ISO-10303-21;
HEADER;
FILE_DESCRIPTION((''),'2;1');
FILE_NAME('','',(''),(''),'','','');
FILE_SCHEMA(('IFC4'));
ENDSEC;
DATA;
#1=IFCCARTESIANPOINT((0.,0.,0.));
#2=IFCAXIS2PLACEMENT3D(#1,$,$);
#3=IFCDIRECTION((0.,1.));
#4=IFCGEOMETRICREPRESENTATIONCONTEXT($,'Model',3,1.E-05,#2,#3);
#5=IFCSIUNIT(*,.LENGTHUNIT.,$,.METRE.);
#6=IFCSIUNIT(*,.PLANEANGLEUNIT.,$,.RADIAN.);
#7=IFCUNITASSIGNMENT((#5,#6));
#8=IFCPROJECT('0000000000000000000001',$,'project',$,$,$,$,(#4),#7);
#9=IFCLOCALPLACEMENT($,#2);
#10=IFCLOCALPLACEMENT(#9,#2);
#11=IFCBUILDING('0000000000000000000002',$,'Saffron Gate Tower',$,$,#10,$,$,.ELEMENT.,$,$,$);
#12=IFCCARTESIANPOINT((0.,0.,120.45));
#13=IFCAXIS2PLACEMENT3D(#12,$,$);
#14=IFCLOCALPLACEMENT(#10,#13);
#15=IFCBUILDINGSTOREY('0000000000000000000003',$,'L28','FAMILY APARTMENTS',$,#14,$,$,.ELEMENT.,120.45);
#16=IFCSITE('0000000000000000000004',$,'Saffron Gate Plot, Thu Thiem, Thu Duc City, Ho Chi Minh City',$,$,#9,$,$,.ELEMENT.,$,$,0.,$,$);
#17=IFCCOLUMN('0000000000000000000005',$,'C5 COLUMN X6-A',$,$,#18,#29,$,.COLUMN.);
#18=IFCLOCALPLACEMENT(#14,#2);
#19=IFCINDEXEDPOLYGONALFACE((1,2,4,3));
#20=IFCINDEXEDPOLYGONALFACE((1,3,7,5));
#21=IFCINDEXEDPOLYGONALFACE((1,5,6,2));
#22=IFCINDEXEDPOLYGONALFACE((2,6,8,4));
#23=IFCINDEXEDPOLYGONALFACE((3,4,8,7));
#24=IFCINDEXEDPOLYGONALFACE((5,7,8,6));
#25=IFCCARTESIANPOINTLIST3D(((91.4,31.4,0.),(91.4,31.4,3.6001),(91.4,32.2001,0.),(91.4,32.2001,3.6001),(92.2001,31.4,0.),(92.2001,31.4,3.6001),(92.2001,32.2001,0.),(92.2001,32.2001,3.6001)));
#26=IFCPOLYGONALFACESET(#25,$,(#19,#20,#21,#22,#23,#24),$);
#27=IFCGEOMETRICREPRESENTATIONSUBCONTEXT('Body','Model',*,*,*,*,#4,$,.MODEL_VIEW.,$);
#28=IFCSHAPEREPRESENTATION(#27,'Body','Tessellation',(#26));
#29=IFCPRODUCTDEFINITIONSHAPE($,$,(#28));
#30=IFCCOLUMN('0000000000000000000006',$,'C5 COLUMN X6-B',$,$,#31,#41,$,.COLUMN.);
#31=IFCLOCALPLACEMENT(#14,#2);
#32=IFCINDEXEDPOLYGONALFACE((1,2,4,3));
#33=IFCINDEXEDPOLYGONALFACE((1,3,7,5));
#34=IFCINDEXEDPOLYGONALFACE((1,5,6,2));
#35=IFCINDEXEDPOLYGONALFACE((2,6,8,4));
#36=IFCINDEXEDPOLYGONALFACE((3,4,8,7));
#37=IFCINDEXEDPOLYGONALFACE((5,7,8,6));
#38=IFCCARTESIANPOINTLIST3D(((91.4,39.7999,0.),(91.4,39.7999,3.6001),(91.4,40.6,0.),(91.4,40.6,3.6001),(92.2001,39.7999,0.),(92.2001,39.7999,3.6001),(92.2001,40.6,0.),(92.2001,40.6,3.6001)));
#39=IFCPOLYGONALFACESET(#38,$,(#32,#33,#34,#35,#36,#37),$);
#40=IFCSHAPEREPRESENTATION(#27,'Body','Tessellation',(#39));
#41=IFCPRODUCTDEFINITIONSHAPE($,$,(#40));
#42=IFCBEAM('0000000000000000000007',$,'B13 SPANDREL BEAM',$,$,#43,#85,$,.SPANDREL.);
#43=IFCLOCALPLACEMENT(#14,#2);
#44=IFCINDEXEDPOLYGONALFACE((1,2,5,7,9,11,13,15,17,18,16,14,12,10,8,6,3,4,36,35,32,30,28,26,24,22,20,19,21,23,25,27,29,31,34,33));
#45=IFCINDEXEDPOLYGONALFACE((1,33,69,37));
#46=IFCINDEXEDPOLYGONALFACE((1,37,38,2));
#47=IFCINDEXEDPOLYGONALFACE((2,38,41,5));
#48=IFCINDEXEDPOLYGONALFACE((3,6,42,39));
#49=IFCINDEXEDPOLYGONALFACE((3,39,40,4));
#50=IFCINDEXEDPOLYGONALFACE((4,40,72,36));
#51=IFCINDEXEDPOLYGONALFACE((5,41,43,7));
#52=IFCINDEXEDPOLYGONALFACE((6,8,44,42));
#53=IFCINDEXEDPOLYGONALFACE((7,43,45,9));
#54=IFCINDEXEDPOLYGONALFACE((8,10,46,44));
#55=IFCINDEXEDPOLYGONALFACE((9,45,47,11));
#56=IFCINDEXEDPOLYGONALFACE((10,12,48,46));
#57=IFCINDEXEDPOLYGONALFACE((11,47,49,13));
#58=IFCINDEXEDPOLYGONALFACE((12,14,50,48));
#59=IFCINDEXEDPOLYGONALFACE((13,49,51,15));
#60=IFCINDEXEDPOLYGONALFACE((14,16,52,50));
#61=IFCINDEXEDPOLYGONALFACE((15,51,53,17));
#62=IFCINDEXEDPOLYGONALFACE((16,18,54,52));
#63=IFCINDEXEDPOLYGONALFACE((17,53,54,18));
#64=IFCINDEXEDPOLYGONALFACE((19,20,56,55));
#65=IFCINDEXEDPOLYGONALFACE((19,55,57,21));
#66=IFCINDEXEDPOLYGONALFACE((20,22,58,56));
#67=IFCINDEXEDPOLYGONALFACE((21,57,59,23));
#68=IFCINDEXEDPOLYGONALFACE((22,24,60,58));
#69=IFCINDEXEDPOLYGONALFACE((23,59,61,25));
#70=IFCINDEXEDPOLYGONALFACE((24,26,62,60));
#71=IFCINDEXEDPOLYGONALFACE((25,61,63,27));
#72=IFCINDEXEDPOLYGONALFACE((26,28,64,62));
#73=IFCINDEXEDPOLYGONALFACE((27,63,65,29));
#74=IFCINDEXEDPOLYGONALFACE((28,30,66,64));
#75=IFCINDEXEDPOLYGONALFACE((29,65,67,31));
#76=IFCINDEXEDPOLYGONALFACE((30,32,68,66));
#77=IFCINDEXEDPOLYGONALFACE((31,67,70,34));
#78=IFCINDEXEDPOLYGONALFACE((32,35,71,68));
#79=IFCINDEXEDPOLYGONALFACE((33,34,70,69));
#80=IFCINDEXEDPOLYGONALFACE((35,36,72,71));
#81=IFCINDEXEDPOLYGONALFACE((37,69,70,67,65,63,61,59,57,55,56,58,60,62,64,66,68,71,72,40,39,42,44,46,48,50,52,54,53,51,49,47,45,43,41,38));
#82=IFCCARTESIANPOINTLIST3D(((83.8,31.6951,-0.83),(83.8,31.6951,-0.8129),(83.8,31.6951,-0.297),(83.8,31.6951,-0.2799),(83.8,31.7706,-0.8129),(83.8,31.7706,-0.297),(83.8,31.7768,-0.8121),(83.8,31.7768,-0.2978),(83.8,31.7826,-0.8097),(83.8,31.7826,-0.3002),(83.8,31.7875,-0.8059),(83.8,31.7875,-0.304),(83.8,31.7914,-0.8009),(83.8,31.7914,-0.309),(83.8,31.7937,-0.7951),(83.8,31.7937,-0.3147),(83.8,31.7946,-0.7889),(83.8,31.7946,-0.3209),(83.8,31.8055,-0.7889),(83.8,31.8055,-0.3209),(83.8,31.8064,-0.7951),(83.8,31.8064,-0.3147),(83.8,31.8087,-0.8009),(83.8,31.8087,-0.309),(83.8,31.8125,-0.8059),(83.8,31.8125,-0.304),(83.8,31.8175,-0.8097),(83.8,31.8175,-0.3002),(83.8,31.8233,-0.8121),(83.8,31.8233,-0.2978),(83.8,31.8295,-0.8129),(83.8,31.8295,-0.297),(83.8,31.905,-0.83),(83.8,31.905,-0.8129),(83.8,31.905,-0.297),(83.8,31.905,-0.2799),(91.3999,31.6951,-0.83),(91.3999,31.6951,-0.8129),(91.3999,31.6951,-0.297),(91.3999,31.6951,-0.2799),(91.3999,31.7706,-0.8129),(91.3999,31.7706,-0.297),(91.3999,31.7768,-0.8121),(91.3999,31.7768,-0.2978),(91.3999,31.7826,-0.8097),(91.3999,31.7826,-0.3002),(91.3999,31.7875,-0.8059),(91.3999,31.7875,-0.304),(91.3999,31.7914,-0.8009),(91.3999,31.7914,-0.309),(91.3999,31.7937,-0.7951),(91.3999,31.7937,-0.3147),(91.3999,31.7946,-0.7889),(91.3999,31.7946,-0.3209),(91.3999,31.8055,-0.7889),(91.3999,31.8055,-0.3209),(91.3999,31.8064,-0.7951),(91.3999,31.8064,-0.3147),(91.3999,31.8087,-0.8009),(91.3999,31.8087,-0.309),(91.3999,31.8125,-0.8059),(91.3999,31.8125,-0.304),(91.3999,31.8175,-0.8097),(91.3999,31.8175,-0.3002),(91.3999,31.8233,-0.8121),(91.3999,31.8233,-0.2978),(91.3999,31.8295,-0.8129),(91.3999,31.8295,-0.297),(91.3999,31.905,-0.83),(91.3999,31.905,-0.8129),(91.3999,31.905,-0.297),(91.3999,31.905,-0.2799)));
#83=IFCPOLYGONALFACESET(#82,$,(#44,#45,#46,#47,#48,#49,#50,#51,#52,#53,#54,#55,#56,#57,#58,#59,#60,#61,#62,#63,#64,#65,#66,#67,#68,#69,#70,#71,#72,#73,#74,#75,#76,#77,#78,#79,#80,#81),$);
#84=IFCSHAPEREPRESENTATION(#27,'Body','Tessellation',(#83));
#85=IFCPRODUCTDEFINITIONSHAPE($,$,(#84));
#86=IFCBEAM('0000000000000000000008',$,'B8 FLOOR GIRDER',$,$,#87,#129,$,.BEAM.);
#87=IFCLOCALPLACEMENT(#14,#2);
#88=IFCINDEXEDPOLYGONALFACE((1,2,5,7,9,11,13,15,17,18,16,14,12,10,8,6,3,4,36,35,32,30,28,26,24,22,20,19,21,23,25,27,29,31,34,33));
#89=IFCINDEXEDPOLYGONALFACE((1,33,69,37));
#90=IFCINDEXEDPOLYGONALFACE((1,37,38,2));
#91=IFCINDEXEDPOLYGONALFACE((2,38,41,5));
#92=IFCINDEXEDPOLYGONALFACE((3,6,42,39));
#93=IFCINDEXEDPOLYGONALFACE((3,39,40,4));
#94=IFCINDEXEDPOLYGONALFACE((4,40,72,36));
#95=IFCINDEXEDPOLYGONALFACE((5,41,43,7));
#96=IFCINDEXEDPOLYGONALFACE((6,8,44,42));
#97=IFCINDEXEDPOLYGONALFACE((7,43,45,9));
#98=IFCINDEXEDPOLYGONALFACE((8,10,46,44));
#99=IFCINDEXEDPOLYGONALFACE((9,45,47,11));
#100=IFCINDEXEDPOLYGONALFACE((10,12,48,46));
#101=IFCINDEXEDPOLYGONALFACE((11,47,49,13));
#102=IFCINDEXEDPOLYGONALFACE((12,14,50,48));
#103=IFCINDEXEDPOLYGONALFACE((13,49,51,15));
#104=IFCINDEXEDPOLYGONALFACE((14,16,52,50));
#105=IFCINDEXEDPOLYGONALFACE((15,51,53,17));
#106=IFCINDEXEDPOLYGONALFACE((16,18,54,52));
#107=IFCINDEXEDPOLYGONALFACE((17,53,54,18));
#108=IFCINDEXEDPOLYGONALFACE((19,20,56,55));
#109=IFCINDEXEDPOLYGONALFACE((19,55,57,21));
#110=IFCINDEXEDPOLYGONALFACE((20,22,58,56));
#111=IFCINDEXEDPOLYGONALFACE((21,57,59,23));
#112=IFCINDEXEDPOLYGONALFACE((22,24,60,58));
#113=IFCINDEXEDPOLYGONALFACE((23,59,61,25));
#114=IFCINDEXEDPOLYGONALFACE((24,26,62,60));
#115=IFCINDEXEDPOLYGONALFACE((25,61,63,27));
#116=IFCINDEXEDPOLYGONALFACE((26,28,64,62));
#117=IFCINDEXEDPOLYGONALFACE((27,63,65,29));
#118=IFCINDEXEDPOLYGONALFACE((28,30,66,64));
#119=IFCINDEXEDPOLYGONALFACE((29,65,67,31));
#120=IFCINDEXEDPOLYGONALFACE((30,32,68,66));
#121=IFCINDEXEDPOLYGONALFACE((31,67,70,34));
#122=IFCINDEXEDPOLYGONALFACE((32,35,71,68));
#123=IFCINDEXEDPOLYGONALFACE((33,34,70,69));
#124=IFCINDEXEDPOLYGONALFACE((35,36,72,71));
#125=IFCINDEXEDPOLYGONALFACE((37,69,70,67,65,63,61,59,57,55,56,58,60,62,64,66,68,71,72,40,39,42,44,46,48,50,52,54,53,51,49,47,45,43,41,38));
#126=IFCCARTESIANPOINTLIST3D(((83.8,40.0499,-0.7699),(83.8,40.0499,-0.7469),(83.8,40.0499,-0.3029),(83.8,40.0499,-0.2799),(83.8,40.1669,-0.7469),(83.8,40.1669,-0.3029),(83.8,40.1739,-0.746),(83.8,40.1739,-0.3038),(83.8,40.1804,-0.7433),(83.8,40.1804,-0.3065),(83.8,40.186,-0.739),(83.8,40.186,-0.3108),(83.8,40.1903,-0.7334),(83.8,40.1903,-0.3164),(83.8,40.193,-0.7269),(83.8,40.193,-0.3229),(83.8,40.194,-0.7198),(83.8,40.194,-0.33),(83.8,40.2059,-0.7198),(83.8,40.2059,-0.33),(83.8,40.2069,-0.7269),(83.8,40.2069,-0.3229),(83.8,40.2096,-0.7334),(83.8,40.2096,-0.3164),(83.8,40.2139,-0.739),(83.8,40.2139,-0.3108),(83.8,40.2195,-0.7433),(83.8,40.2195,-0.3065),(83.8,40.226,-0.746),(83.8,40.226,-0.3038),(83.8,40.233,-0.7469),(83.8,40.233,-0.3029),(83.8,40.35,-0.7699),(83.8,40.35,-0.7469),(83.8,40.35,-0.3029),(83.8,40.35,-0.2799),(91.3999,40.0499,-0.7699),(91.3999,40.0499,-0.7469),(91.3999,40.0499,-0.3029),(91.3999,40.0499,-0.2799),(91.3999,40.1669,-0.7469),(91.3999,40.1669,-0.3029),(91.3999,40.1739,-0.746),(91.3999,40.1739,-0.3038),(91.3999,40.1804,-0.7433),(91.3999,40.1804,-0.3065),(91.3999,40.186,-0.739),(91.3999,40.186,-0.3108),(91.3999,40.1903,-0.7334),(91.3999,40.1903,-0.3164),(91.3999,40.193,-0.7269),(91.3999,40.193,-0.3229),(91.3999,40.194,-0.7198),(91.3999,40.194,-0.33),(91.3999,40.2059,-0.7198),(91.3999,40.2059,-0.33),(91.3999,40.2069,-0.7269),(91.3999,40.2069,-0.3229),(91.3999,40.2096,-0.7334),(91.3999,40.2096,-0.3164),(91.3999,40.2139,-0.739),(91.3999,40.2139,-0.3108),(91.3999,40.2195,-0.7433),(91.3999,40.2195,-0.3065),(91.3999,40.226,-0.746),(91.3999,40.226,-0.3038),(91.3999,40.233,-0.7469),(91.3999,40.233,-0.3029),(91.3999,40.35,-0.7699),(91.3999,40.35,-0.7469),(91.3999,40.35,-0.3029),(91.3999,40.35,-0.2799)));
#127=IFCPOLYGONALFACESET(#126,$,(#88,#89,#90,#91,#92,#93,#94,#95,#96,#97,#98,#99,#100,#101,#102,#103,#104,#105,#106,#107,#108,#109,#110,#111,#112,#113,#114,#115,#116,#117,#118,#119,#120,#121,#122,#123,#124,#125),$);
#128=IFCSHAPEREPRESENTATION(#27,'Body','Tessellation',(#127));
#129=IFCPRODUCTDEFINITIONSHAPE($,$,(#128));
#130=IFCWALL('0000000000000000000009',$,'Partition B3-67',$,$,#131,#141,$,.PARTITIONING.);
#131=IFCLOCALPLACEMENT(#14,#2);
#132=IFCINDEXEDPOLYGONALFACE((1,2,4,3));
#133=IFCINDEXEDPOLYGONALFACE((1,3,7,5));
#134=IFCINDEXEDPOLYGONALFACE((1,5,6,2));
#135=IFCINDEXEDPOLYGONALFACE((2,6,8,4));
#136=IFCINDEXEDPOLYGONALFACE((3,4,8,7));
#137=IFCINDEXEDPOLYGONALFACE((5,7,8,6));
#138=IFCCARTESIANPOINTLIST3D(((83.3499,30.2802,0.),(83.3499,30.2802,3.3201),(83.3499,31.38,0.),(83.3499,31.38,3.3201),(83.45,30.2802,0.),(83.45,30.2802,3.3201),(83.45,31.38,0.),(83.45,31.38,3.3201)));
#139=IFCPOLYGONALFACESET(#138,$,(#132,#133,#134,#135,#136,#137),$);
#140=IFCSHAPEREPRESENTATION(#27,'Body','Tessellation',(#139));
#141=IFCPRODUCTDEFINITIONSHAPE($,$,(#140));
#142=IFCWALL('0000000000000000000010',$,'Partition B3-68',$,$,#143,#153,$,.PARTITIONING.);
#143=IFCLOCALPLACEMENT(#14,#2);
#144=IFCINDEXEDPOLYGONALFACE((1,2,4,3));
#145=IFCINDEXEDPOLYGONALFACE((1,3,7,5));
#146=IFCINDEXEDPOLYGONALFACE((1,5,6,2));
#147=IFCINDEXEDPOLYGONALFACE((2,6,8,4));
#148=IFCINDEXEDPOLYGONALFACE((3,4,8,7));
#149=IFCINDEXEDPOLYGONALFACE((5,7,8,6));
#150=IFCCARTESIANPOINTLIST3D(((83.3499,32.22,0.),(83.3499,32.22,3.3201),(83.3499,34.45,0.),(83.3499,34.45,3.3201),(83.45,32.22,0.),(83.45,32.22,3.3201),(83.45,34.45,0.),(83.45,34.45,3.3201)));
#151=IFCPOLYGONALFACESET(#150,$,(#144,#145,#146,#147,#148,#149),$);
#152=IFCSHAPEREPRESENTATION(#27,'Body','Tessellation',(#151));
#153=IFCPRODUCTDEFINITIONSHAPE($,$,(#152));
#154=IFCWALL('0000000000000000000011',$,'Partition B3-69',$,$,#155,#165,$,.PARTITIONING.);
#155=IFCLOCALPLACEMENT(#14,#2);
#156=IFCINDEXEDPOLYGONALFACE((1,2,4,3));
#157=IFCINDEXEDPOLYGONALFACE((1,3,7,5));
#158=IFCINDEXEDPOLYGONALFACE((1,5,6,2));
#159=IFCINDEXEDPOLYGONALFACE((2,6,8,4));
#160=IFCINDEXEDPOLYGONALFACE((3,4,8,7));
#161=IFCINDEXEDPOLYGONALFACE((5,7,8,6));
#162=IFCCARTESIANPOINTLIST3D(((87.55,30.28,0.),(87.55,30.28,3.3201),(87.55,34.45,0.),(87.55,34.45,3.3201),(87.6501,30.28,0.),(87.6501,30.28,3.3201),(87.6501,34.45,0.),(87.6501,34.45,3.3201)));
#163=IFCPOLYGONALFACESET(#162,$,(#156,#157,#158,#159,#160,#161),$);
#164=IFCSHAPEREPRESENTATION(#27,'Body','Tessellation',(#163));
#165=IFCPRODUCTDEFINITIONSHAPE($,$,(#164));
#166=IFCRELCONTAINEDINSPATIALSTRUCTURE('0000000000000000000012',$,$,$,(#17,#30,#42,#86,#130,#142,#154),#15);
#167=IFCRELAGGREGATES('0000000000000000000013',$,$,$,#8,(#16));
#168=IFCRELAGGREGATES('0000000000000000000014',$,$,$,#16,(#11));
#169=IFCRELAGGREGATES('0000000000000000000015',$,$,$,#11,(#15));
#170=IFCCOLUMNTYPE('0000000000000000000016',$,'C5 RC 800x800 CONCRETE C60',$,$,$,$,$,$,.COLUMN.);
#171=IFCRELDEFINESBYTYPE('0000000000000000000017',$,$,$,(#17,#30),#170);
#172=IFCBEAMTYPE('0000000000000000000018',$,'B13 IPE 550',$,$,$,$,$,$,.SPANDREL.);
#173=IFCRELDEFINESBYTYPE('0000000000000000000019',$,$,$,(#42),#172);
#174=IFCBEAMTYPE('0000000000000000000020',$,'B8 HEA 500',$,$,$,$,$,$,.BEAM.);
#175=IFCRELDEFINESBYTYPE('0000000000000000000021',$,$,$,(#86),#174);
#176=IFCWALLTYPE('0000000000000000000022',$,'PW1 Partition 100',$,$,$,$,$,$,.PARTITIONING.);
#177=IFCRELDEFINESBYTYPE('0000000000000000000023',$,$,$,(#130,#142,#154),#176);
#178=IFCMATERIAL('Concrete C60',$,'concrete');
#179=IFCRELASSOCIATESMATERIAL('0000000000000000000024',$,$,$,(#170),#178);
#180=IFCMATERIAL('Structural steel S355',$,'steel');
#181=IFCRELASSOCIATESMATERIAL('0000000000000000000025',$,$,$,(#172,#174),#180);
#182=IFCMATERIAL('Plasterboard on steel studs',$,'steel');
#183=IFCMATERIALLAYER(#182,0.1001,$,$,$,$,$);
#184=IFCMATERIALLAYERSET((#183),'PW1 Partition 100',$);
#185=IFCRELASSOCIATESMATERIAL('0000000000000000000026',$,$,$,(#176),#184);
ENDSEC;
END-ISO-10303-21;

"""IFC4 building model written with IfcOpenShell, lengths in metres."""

from ifc_helpers import new_model, si_unit, direction, frame, frame_2d, origin, origin_2d, place, context, subcontext, project, spatial, rectangle, i_section, extrude, material, layer, layer_set, material_profile, profile_set, type_object, element, save


model = new_model("IFC4")

# Units and contexts
model_context = context("Model", 3, precision=1e-05, world=origin(), true_north=direction((0.0, 1.0)))
body_context = subcontext(model_context, "Body", "Model", "MODEL_VIEW")
ifc_project = project(units=[si_unit("LENGTHUNIT", "METRE"), si_unit("PLANEANGLEUNIT", "RADIAN")], contexts=[model_context])

# Site, building, storey
site_placement = place(None, origin())
site = spatial("IfcSite", under=ifc_project, at=site_placement, Name="Saffron Gate Plot, Thu Thiem, Thu Duc City, Ho Chi Minh City", CompositionType="ELEMENT", RefElevation=0.0)
building_placement = place(site_placement, origin())
building = spatial("IfcBuilding", under=site, at=building_placement, Name="Saffron Gate Tower", CompositionType="ELEMENT")
storey_placement = place(building_placement, frame((0.0, 0.0, 120.45)))
storey = spatial("IfcBuildingStorey", under=building, at=storey_placement, Name="L28", Description="FAMILY APARTMENTS", CompositionType="ELEMENT", Elevation=120.45)

# Columns
ifc_material_1 = material(Name="Concrete C60", Category="concrete")
ifc_material_profile_1 = material_profile(ifc_material_1, rectangle(XDim=0.8, YDim=0.8, at=origin_2d()))
ifc_profile_set_1 = profile_set([ifc_material_profile_1], Name="Concrete C60")
column_type = type_object("IfcColumnType", Name="C5 RC 800x800 CONCRETE C60", PredefinedType="COLUMN", material=ifc_profile_set_1)
for number, where, z_axis, x_axis, name in (
    (1, (91.8, 31.8, 0.0), (0.0, 0.0, 1.0), (1.0, 0.0, 0.0), "C5 COLUMN X6-A"),
    (2, (91.8, 40.2, 0.0), (0.0, 0.0, 1.0), (1.0, 0.0, 0.0), "C5 COLUMN X6-B"),
):
    element("IfcColumn", number, at=place(storey_placement, frame(where, z_axis=z_axis, x_axis=x_axis)), inside=storey, type_object=column_type, Name=name, PredefinedType="COLUMN", context=body_context, shape_type="SweptSolid", body=[
        extrude(rectangle(XDim=0.8, YDim=0.8, at=origin_2d()), origin(), (0.0, 0.0, 1.0), 3.6001),
    ])

# Beams
ifc_material_2 = material(Name="Structural steel S355", Category="steel")
ifc_material_profile_2 = material_profile(ifc_material_2, i_section(OverallWidth=0.21, OverallDepth=0.55, WebThickness=0.011, FlangeThickness=0.0171, FilletRadius=0.0239, at=origin_2d()))
ifc_profile_set_2 = profile_set([ifc_material_profile_2], Name="Structural steel S355")
beam_type_1 = type_object("IfcBeamType", Name="B13 IPE 550", PredefinedType="SPANDREL", material=ifc_profile_set_2)
beam_1_placement = place(storey_placement, frame((83.8, 31.8, -0.5549), z_axis=(1.0, 0.0, 0.0), x_axis=(0.0, 1.0, 0.0)))
element("IfcBeam", 3, at=beam_1_placement, inside=storey, type_object=beam_type_1, Name="B13 SPANDREL BEAM", PredefinedType="SPANDREL", context=body_context, shape_type="SweptSolid", body=[
    extrude(i_section(OverallWidth=0.21, OverallDepth=0.55, WebThickness=0.011, FlangeThickness=0.0171, FilletRadius=0.0239, at=origin_2d()), origin(), (0.0, 0.0, 1.0), 7.5999),
])
ifc_material_profile_3 = material_profile(ifc_material_2, i_section(OverallWidth=0.3, OverallDepth=0.49, WebThickness=0.012, FlangeThickness=0.0229, FilletRadius=0.0271, at=origin_2d()))
ifc_profile_set_3 = profile_set([ifc_material_profile_3], Name="Structural steel S355")
beam_type_2 = type_object("IfcBeamType", Name="B8 HEA 500", PredefinedType="BEAM", material=ifc_profile_set_3)
beam_2_placement = place(storey_placement, frame((83.8, 40.2, -0.5249), z_axis=(1.0, 0.0, 0.0), x_axis=(0.0, 1.0, 0.0)))
element("IfcBeam", 4, at=beam_2_placement, inside=storey, type_object=beam_type_2, Name="B8 FLOOR GIRDER", PredefinedType="BEAM", context=body_context, shape_type="SweptSolid", body=[
    extrude(i_section(OverallWidth=0.3, OverallDepth=0.49, WebThickness=0.012, FlangeThickness=0.0229, FilletRadius=0.0271, at=origin_2d()), origin(), (0.0, 0.0, 1.0), 7.5999),
])

# Walls
ifc_material_3 = material(Name="Plasterboard on steel studs", Category="steel")
ifc_layer_1 = layer(ifc_material_3, 0.1001)
ifc_layer_set_1 = layer_set([ifc_layer_1], Name="PW1 Partition 100")
wall_type = type_object("IfcWallType", Name="PW1 Partition 100", PredefinedType="PARTITIONING", material=ifc_layer_set_1)
wall_1_placement = place(storey_placement, frame((83.3999, 31.3799, 0.0), z_axis=(0.0, 0.0, 1.0), x_axis=(0.0, -1.0, 0.0)))
element("IfcWall", 5, at=wall_1_placement, inside=storey, type_object=wall_type, Name="Partition B3-67", PredefinedType="PARTITIONING", context=body_context, shape_type="SweptSolid", body=[
    extrude(rectangle(XDim=1.0999, YDim=0.1001, at=frame_2d((0.5498, 0.0))), origin(), (0.0, 0.0, 1.0), 3.3201),
])
wall_2_placement = place(storey_placement, frame((83.3999, 34.45, 0.0), z_axis=(0.0, 0.0, 1.0), x_axis=(0.0, -1.0, 0.0)))
element("IfcWall", 6, at=wall_2_placement, inside=storey, type_object=wall_type, Name="Partition B3-68", PredefinedType="PARTITIONING", context=body_context, shape_type="SweptSolid", body=[
    extrude(rectangle(XDim=2.23, YDim=0.1001, at=frame_2d((1.115, 0.0))), origin(), (0.0, 0.0, 1.0), 3.3201),
])
wall_3_placement = place(storey_placement, frame((87.6001, 34.45, 0.0), z_axis=(0.0, 0.0, 1.0), x_axis=(0.0, -1.0, 0.0)))
element("IfcWall", 7, at=wall_3_placement, inside=storey, type_object=wall_type, Name="Partition B3-69", PredefinedType="PARTITIONING", context=body_context, shape_type="SweptSolid", body=[
    extrude(rectangle(XDim=4.1699, YDim=0.1001, at=frame_2d((2.085, 0.0))), origin(), (0.0, 0.0, 1.0), 3.3201),
])

save(model, "model.ifc")
